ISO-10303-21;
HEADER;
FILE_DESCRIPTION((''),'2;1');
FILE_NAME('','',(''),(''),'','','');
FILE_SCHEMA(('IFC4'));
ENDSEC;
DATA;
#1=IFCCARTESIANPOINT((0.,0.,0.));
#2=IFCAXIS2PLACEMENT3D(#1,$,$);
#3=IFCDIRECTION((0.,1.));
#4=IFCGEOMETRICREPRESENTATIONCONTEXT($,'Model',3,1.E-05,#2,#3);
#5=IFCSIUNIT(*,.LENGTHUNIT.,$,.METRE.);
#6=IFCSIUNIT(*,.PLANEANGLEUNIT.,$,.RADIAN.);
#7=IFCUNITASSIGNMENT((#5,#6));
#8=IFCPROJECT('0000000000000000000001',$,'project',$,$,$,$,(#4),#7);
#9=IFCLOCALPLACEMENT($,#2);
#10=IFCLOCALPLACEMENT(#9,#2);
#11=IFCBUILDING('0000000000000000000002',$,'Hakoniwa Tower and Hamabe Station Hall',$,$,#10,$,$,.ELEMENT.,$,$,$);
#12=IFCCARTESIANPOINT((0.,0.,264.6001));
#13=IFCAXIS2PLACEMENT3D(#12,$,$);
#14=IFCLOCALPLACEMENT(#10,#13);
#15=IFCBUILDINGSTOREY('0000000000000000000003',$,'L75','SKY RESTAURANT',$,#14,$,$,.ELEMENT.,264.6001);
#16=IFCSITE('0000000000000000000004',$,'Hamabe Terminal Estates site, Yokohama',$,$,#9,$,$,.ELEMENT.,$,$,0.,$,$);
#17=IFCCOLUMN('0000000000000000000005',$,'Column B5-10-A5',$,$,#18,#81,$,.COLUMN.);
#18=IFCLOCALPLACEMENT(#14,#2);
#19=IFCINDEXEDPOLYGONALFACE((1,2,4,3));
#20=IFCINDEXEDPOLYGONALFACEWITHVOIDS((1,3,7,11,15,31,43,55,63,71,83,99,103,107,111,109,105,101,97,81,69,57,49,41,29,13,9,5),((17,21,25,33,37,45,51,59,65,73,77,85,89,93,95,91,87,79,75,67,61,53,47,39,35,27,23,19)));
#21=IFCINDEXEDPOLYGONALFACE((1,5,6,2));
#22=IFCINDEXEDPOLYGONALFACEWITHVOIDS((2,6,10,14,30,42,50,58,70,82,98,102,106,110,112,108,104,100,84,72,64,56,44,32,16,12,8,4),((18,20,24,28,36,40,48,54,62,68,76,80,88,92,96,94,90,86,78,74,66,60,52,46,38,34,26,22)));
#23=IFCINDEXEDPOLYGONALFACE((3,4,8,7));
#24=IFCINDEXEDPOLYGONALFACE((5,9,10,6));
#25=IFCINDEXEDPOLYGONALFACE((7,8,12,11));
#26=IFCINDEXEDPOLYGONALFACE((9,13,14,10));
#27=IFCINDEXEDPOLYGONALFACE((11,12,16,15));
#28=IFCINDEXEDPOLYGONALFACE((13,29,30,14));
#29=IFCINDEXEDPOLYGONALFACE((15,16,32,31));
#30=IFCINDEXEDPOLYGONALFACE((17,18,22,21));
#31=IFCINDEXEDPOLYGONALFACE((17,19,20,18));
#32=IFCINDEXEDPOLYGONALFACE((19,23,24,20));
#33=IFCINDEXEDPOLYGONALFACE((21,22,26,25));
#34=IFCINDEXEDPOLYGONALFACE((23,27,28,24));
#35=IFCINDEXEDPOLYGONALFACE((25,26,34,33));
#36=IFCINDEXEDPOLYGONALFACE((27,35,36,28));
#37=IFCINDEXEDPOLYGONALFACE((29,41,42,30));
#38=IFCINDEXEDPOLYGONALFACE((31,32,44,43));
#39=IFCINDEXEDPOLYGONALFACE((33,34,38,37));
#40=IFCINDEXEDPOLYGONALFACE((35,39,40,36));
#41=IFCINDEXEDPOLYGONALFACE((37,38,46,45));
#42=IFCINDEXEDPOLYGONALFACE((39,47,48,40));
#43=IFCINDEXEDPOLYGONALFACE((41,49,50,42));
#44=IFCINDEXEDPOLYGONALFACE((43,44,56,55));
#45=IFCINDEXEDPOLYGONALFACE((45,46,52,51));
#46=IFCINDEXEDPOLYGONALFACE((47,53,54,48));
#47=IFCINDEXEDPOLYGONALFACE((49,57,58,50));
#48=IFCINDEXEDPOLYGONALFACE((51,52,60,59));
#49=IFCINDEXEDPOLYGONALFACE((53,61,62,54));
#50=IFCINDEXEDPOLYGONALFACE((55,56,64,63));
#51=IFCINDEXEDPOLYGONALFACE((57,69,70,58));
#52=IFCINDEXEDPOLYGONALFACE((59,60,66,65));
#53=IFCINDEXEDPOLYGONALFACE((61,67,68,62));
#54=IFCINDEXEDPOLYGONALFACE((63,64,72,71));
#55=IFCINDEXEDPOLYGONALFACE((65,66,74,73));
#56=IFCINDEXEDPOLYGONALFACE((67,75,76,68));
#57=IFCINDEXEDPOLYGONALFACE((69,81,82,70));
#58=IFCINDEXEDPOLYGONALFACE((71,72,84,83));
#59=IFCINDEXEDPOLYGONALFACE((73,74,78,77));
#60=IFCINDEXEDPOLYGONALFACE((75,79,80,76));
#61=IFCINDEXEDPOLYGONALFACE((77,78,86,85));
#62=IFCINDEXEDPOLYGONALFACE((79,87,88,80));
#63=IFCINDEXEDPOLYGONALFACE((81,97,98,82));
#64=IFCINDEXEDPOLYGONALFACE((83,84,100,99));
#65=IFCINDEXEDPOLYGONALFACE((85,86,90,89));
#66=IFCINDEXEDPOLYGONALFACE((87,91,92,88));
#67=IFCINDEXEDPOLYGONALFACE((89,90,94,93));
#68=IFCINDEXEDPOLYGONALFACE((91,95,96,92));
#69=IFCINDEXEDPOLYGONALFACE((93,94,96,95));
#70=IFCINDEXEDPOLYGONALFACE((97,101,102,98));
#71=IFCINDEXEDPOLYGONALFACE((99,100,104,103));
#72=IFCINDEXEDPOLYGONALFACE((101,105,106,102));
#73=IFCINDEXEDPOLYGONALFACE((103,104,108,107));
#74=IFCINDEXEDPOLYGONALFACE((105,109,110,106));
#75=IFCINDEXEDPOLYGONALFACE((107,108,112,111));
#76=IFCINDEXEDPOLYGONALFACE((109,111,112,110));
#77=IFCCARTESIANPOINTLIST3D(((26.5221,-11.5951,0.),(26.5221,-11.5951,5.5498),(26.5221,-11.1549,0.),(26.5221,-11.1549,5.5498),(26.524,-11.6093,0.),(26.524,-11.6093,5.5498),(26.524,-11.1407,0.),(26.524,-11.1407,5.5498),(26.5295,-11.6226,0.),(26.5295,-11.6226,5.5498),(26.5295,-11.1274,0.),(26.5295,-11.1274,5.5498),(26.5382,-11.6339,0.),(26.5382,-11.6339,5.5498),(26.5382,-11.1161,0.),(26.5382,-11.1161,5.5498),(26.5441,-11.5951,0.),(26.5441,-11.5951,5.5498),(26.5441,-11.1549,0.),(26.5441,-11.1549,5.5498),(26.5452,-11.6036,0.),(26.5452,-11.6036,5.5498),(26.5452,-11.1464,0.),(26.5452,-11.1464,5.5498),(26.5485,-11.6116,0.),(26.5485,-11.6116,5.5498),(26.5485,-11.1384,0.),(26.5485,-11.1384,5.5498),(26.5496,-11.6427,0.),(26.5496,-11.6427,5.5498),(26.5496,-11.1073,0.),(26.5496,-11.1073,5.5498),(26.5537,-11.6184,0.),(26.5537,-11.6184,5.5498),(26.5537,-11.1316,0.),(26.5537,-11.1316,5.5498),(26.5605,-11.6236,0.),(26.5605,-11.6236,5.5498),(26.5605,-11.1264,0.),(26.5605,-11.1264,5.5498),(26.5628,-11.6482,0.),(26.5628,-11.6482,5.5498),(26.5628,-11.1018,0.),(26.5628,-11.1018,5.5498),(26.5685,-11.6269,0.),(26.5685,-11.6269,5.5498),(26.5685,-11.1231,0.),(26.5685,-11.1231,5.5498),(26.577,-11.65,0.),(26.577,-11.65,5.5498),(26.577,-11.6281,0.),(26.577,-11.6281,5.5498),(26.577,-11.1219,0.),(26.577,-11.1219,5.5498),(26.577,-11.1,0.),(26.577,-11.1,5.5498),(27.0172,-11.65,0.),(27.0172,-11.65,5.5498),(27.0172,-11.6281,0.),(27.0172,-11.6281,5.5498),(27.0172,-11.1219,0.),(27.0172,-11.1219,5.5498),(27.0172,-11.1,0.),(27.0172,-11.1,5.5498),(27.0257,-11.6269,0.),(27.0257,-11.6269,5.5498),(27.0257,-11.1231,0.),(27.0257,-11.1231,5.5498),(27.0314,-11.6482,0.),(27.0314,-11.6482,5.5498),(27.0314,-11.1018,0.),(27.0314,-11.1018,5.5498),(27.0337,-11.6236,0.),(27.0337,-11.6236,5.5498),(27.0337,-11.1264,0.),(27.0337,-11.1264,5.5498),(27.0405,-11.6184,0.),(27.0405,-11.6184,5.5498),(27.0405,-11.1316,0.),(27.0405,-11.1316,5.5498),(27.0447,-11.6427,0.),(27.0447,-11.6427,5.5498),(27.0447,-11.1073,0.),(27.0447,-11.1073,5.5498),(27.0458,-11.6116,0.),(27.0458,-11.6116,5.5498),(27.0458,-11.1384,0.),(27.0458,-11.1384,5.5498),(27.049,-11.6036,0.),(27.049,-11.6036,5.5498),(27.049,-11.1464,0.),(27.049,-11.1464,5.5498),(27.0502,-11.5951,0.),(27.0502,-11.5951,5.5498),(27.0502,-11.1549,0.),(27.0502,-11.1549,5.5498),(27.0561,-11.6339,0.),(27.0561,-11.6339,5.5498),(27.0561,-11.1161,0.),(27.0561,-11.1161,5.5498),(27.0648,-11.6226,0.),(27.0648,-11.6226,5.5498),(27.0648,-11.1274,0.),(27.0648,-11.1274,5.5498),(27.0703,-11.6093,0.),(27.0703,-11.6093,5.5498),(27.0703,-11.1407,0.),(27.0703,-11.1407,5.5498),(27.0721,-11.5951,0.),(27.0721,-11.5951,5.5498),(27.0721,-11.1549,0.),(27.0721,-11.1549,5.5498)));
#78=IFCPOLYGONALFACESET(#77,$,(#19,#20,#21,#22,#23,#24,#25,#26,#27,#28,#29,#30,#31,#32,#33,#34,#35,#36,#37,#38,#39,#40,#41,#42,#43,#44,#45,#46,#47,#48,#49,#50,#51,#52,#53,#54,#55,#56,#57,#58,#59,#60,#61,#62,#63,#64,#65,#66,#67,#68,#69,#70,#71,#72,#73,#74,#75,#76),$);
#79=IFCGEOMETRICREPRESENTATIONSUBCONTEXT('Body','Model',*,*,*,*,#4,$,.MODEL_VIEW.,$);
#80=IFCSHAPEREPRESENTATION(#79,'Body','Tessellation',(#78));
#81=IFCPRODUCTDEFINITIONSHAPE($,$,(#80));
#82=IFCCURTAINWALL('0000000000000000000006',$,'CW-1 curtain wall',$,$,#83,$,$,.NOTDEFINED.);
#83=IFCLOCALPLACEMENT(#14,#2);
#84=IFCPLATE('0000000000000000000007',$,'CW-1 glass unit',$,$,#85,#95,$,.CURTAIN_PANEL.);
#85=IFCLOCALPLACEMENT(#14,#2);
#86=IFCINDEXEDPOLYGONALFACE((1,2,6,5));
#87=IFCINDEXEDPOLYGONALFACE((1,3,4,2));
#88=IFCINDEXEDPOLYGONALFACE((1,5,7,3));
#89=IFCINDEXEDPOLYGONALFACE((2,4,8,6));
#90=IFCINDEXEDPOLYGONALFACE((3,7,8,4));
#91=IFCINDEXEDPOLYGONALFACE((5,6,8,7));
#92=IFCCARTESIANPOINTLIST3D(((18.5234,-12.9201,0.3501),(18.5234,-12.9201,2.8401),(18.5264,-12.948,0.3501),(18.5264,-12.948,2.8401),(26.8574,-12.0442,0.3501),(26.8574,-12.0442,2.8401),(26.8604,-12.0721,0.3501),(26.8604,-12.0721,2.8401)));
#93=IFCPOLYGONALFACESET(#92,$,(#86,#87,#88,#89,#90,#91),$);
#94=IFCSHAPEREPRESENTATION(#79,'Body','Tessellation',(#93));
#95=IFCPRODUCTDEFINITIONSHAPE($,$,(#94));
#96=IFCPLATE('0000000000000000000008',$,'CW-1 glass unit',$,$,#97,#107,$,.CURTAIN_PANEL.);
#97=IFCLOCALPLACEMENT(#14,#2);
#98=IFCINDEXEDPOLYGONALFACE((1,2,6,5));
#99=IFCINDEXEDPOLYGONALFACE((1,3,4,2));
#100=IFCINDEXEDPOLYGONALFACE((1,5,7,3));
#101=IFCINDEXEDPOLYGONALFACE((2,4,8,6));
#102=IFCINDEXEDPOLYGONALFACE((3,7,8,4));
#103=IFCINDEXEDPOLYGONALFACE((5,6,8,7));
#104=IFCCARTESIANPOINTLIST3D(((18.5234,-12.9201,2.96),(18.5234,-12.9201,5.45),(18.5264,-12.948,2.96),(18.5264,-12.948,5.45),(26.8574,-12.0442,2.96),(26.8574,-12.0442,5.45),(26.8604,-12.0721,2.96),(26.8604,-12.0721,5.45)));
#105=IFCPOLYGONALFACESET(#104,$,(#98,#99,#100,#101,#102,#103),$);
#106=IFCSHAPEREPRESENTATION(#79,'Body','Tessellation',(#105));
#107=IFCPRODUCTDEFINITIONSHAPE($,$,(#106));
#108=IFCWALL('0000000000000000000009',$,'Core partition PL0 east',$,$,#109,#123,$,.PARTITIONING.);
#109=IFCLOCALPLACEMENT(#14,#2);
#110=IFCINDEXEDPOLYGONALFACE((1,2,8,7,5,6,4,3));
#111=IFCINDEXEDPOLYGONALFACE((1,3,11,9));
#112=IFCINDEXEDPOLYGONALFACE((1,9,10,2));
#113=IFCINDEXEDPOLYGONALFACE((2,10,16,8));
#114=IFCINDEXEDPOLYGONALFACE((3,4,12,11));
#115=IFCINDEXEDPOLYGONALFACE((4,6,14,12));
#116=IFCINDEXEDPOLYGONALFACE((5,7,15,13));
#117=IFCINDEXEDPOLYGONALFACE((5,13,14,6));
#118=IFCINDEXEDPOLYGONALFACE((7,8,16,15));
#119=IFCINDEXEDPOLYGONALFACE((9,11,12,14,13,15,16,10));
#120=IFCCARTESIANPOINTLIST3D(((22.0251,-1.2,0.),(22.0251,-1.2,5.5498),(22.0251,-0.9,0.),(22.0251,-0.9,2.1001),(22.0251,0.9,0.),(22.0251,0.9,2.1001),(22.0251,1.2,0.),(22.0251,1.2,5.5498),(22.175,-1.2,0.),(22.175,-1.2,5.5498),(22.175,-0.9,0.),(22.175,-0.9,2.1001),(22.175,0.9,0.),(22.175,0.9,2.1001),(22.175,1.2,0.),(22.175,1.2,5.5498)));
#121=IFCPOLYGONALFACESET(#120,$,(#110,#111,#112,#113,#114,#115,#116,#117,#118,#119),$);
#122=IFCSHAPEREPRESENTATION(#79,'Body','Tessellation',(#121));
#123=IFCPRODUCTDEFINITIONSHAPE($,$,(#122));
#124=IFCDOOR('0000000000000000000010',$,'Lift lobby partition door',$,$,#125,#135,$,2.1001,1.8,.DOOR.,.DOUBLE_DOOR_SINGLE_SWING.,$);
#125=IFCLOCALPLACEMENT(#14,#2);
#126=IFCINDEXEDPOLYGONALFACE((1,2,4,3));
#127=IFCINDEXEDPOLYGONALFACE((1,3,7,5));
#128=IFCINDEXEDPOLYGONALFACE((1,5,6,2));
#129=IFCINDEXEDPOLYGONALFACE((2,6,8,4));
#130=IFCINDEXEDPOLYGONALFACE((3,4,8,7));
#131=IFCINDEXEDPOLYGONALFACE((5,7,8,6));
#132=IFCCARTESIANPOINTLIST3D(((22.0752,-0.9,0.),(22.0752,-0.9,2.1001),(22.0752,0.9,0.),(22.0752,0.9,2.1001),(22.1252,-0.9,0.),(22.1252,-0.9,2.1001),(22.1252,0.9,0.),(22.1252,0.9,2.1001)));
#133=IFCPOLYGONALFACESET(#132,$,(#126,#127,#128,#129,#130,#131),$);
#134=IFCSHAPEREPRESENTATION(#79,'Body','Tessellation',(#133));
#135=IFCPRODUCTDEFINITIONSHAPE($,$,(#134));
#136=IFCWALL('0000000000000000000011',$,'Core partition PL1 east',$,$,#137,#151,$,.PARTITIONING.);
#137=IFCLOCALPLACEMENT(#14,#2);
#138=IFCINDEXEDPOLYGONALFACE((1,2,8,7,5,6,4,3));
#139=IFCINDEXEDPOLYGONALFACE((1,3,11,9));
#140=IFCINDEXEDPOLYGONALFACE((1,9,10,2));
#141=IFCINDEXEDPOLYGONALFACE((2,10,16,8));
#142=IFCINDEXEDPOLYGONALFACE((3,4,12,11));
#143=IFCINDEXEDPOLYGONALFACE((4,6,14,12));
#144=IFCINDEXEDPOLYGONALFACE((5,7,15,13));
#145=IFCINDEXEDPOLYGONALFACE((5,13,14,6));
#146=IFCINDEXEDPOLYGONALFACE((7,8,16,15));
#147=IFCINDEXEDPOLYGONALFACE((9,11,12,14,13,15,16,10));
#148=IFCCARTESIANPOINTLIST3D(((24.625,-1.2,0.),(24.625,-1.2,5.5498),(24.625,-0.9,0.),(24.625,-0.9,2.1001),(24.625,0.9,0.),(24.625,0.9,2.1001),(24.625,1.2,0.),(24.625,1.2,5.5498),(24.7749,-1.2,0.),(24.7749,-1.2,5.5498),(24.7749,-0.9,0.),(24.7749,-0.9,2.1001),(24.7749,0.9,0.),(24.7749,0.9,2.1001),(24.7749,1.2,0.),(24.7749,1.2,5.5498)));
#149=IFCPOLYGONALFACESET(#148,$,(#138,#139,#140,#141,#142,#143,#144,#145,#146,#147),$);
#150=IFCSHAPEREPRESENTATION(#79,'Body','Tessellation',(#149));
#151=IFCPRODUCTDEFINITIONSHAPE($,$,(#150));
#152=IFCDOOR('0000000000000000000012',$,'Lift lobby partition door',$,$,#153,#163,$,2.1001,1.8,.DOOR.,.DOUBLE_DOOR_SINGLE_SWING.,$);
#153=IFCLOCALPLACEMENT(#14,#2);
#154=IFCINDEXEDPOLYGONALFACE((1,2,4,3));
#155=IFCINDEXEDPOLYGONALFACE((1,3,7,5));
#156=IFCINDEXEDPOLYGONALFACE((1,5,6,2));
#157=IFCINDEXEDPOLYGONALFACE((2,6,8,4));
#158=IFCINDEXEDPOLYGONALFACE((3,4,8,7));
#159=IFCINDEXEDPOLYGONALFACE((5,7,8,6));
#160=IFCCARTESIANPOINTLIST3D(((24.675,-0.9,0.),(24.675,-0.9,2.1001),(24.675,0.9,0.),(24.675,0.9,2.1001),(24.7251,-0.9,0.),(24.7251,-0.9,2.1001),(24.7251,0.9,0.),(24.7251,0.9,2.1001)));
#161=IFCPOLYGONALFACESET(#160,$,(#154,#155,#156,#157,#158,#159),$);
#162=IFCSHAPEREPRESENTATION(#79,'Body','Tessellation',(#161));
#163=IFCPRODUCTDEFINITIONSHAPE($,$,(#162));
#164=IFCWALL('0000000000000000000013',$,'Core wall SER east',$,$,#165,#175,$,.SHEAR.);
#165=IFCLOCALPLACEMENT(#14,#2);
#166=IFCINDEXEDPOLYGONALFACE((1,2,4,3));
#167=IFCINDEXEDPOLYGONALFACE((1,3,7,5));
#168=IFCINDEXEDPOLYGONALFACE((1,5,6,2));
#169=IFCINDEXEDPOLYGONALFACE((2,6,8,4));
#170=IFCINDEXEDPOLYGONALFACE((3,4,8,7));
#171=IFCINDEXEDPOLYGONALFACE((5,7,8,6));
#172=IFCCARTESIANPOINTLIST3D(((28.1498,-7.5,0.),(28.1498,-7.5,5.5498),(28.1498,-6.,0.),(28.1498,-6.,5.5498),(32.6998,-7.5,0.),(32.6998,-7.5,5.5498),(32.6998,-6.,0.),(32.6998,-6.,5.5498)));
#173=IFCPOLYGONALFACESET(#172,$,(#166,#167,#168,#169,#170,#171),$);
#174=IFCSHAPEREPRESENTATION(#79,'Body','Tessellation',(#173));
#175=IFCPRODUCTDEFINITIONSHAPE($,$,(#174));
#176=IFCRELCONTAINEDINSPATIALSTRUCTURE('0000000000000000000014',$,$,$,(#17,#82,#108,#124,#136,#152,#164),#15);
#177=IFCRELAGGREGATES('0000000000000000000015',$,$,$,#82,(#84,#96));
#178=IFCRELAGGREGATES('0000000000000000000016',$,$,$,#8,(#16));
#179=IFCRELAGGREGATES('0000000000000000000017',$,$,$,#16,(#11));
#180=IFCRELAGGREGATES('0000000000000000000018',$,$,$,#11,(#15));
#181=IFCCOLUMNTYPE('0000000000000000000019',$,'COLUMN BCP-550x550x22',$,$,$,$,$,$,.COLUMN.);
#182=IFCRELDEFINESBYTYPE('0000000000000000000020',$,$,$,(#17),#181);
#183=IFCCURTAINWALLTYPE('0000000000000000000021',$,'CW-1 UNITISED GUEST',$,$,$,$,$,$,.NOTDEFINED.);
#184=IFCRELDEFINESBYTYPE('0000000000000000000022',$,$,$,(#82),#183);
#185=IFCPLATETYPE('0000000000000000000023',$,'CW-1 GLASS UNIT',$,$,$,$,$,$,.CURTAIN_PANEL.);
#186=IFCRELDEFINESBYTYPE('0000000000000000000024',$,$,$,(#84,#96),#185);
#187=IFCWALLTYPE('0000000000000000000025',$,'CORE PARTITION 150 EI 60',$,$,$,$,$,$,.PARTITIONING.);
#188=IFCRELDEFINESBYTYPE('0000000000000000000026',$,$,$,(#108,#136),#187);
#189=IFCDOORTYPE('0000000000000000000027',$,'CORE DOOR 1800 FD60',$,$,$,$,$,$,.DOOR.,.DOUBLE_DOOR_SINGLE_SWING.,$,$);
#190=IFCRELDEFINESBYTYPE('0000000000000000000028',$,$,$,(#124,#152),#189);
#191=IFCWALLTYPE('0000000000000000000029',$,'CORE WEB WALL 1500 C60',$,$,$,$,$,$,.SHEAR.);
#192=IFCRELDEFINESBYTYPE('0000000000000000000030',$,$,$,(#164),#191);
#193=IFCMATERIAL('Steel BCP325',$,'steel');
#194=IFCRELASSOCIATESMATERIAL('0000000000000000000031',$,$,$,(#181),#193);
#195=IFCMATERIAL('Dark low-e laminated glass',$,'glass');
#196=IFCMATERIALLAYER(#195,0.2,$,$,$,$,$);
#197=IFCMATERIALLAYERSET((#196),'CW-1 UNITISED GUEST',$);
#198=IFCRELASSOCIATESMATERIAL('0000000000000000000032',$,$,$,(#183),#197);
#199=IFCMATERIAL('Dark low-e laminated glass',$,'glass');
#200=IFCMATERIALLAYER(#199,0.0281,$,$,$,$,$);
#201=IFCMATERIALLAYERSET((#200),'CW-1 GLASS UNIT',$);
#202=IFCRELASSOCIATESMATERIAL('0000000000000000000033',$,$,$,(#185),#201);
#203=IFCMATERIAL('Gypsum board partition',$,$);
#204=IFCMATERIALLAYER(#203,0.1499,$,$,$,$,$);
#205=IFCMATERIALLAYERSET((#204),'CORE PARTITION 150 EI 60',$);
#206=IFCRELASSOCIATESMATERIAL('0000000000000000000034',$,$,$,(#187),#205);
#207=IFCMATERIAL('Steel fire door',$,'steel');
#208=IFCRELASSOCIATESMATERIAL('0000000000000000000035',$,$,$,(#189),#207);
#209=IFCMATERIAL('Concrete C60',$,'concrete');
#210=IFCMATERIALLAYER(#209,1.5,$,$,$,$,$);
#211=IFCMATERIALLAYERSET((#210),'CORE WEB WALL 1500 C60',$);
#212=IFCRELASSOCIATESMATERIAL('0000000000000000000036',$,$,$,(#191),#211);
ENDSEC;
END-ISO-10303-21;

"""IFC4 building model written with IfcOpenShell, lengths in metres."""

from ifc_helpers import new_model, si_unit, direction, frame, frame_2d, origin, origin_2d, place, context, subcontext, project, spatial, rectangle, hollow_rectangle, extrude, material, layer, layer_set, material_profile, profile_set, type_object, element, fill, aggregate, save


model = new_model("IFC4")

# Units and contexts
model_context = context("Model", 3, precision=1e-05, world=origin(), true_north=direction((0.0, 1.0)))
body_context = subcontext(model_context, "Body", "Model", "MODEL_VIEW")
ifc_project = project(units=[si_unit("LENGTHUNIT", "METRE"), si_unit("PLANEANGLEUNIT", "RADIAN")], contexts=[model_context])

# Site, building, storey
site_placement = place(None, origin())
site = spatial("IfcSite", under=ifc_project, at=site_placement, Name="Hamabe Terminal Estates site, Yokohama", CompositionType="ELEMENT", RefElevation=0.0)
building_placement = place(site_placement, origin())
building = spatial("IfcBuilding", under=site, at=building_placement, Name="Hakoniwa Tower and Hamabe Station Hall", CompositionType="ELEMENT")
storey_placement = place(building_placement, frame((0.0, 0.0, 264.6001)))
storey = spatial("IfcBuildingStorey", under=building, at=storey_placement, Name="L75", Description="SKY RESTAURANT", CompositionType="ELEMENT", Elevation=264.6001)

# Column
ifc_material_1 = material(Name="Steel BCP325", Category="steel")
ifc_material_profile = material_profile(ifc_material_1, hollow_rectangle(XDim=0.55, YDim=0.55, WallThickness=0.022, InnerFilletRadius=0.033, OuterFilletRadius=0.0549, at=origin_2d()), Name="BCP-550x550x22")
ifc_profile_set = profile_set([ifc_material_profile], Name="Steel BCP325")
column_type = type_object("IfcColumnType", Name="COLUMN BCP-550x550x22", PredefinedType="COLUMN", material=ifc_profile_set)
column_placement = place(storey_placement, frame((26.7971, -11.375, 0.0), z_axis=(0.0, 0.0, 1.0), x_axis=(1.0, 0.0, 0.0)))
element("IfcColumn", 1, at=column_placement, inside=storey, type_object=column_type, Name="Column B5-10-A5", PredefinedType="COLUMN", context=body_context, shape_type="SweptSolid", body=[
    extrude(hollow_rectangle(XDim=0.55, YDim=0.55, WallThickness=0.022, InnerFilletRadius=0.033, OuterFilletRadius=0.0549, at=origin_2d()), origin(), (0.0, 0.0, 1.0), 5.5498),
])

# Curtain wall, plates
ifc_material_2 = material(Name="Dark low-e laminated glass", Category="glass")
ifc_layer_1 = layer(ifc_material_2, 0.2)
ifc_layer_set_1 = layer_set([ifc_layer_1], Name="CW-1 UNITISED GUEST")
curtain_wall_type = type_object("IfcCurtainWallType", Name="CW-1 UNITISED GUEST", PredefinedType="NOTDEFINED", material=ifc_layer_set_1)
curtain_wall_placement = place(storey_placement, origin())
curtain_wall = element("IfcCurtainWall", 2, at=curtain_wall_placement, inside=storey, type_object=curtain_wall_type, Name="CW-1 curtain wall", PredefinedType="NOTDEFINED")
ifc_material_3 = material(Name="Dark low-e laminated glass", Category="glass")
ifc_layer_2 = layer(ifc_material_3, 0.0281)
ifc_layer_set_2 = layer_set([ifc_layer_2], Name="CW-1 GLASS UNIT")
plate_type = type_object("IfcPlateType", Name="CW-1 GLASS UNIT", PredefinedType="CURTAIN_PANEL", material=ifc_layer_set_2)
plate_1_placement = place(storey_placement, frame((22.6919, -12.4961, 0.3501), z_axis=(0.0, 0.0, 1.0), x_axis=(0.994522, 0.104528, 0.0)))
plate_1 = element("IfcPlate", 3, at=plate_1_placement, type_object=plate_type, Name="CW-1 glass unit", PredefinedType="CURTAIN_PANEL", context=body_context, shape_type="SweptSolid", body=[
    extrude(rectangle(XDim=8.3799, YDim=0.0281, at=origin_2d()), origin(), (0.0, 0.0, 1.0), 2.49),
])
plate_2_placement = place(storey_placement, frame((22.6919, -12.4961, 2.96), z_axis=(0.0, 0.0, 1.0), x_axis=(0.994522, 0.104528, 0.0)))
plate_2 = element("IfcPlate", 4, at=plate_2_placement, type_object=plate_type, Name="CW-1 glass unit", PredefinedType="CURTAIN_PANEL", context=body_context, shape_type="SweptSolid", body=[
    extrude(rectangle(XDim=8.3799, YDim=0.0281, at=origin_2d()), origin(), (0.0, 0.0, 1.0), 2.49),
])
aggregate(curtain_wall, [plate_1, plate_2])

# Walls, openings, doors
ifc_material_4 = material(Name="Gypsum board partition")
ifc_layer_3 = layer(ifc_material_4, 0.1499)
ifc_layer_set_3 = layer_set([ifc_layer_3], Name="CORE PARTITION 150 EI 60")
wall_type_1 = type_object("IfcWallType", Name="CORE PARTITION 150 EI 60", PredefinedType="PARTITIONING", material=ifc_layer_set_3)
wall_1_placement = place(storey_placement, frame((22.1001, -1.2, 0.0), z_axis=(0.0, 0.0, 1.0), x_axis=(0.0, 1.0, 0.0)))
wall_1 = element("IfcWall", 5, at=wall_1_placement, inside=storey, type_object=wall_type_1, Name="Core partition PL0 east", PredefinedType="PARTITIONING", context=body_context, shape_type="SweptSolid", body=[
    extrude(rectangle(XDim=2.3999, YDim=0.1499, at=frame_2d((1.2, 0.0))), origin(), (0.0, 0.0, 1.0), 5.5498),
])
opening_1_placement = place(wall_1_placement, frame((0.3, 0.0, 0.0)))
opening_1 = element("IfcOpeningElement", 6, at=opening_1_placement, cuts=wall_1, PredefinedType="OPENING", context=body_context, shape_type="SweptSolid", body=[
    extrude(rectangle(XDim=1.8, YDim=2.1001, at=frame_2d((0.8999, 1.05))), frame((0.0, 0.085, 0.0), z_axis=(0.0, -1.0, 0.0), x_axis=(1.0, 0.0, 0.0)), (0.0, 0.0, 1.0), 0.1699),
])
ifc_material_5 = material(Name="Steel fire door", Category="steel")
door_type_1 = type_object("IfcDoorType", Name="CORE DOOR 1800 FD60", OperationType="DOUBLE_DOOR_SINGLE_SWING", PredefinedType="DOOR", material=ifc_material_5)
door_1_placement = place(opening_1_placement, origin())
door_1 = element("IfcDoor", 7, at=door_1_placement, inside=storey, type_object=door_type_1, Name="Lift lobby partition door", OperationType="DOUBLE_DOOR_SINGLE_SWING", OverallHeight=2.1001, OverallWidth=1.8, PredefinedType="DOOR", context=body_context, shape_type="SweptSolid", body=[
    extrude(rectangle(XDim=1.8, YDim=2.1001, at=frame_2d((0.8999, 1.05))), frame((0.0, 0.0249, 0.0), z_axis=(0.0, -1.0, 0.0), x_axis=(1.0, 0.0, 0.0)), (0.0, 0.0, 1.0), 0.05),
])
fill(opening_1, door_1)
wall_2_placement = place(storey_placement, frame((24.7, -1.2, 0.0), z_axis=(0.0, 0.0, 1.0), x_axis=(0.0, 1.0, 0.0)))
wall_2 = element("IfcWall", 8, at=wall_2_placement, inside=storey, type_object=wall_type_1, Name="Core partition PL1 east", PredefinedType="PARTITIONING", context=body_context, shape_type="SweptSolid", body=[
    extrude(rectangle(XDim=2.3999, YDim=0.1499, at=frame_2d((1.2, 0.0))), origin(), (0.0, 0.0, 1.0), 5.5498),
])
opening_2_placement = place(wall_2_placement, frame((0.3, 0.0, 0.0)))
opening_2 = element("IfcOpeningElement", 9, at=opening_2_placement, cuts=wall_2, PredefinedType="OPENING", context=body_context, shape_type="SweptSolid", body=[
    extrude(rectangle(XDim=1.8, YDim=2.1001, at=frame_2d((0.8999, 1.05))), frame((0.0, 0.085, 0.0), z_axis=(0.0, -1.0, 0.0), x_axis=(1.0, 0.0, 0.0)), (0.0, 0.0, 1.0), 0.1699),
])
door_2_placement = place(opening_2_placement, origin())
door_2 = element("IfcDoor", 10, at=door_2_placement, inside=storey, type_object=door_type_1, Name="Lift lobby partition door", OperationType="DOUBLE_DOOR_SINGLE_SWING", OverallHeight=2.1001, OverallWidth=1.8, PredefinedType="DOOR", context=body_context, shape_type="SweptSolid", body=[
    extrude(rectangle(XDim=1.8, YDim=2.1001, at=frame_2d((0.8999, 1.05))), frame((0.0, 0.0249, 0.0), z_axis=(0.0, -1.0, 0.0), x_axis=(1.0, 0.0, 0.0)), (0.0, 0.0, 1.0), 0.05),
])
fill(opening_2, door_2)

# Wall
ifc_material_6 = material(Name="Concrete C60", Category="concrete")
ifc_layer_4 = layer(ifc_material_6, 1.5)
ifc_layer_set_4 = layer_set([ifc_layer_4], Name="CORE WEB WALL 1500 C60")
wall_type_2 = type_object("IfcWallType", Name="CORE WEB WALL 1500 C60", PredefinedType="SHEAR", material=ifc_layer_set_4)
wall_3_placement = place(storey_placement, frame((28.1499, -6.75, 0.0), z_axis=(0.0, 0.0, 1.0), x_axis=(1.0, 0.0, 0.0)))
element("IfcWall", 11, at=wall_3_placement, inside=storey, type_object=wall_type_2, Name="Core wall SER east", PredefinedType="SHEAR", context=body_context, shape_type="SweptSolid", body=[
    extrude(rectangle(XDim=4.55, YDim=1.5, at=frame_2d((2.2749, 0.0))), origin(), (0.0, 0.0, 1.0), 5.5498),
])

save(model, "model.ifc")
